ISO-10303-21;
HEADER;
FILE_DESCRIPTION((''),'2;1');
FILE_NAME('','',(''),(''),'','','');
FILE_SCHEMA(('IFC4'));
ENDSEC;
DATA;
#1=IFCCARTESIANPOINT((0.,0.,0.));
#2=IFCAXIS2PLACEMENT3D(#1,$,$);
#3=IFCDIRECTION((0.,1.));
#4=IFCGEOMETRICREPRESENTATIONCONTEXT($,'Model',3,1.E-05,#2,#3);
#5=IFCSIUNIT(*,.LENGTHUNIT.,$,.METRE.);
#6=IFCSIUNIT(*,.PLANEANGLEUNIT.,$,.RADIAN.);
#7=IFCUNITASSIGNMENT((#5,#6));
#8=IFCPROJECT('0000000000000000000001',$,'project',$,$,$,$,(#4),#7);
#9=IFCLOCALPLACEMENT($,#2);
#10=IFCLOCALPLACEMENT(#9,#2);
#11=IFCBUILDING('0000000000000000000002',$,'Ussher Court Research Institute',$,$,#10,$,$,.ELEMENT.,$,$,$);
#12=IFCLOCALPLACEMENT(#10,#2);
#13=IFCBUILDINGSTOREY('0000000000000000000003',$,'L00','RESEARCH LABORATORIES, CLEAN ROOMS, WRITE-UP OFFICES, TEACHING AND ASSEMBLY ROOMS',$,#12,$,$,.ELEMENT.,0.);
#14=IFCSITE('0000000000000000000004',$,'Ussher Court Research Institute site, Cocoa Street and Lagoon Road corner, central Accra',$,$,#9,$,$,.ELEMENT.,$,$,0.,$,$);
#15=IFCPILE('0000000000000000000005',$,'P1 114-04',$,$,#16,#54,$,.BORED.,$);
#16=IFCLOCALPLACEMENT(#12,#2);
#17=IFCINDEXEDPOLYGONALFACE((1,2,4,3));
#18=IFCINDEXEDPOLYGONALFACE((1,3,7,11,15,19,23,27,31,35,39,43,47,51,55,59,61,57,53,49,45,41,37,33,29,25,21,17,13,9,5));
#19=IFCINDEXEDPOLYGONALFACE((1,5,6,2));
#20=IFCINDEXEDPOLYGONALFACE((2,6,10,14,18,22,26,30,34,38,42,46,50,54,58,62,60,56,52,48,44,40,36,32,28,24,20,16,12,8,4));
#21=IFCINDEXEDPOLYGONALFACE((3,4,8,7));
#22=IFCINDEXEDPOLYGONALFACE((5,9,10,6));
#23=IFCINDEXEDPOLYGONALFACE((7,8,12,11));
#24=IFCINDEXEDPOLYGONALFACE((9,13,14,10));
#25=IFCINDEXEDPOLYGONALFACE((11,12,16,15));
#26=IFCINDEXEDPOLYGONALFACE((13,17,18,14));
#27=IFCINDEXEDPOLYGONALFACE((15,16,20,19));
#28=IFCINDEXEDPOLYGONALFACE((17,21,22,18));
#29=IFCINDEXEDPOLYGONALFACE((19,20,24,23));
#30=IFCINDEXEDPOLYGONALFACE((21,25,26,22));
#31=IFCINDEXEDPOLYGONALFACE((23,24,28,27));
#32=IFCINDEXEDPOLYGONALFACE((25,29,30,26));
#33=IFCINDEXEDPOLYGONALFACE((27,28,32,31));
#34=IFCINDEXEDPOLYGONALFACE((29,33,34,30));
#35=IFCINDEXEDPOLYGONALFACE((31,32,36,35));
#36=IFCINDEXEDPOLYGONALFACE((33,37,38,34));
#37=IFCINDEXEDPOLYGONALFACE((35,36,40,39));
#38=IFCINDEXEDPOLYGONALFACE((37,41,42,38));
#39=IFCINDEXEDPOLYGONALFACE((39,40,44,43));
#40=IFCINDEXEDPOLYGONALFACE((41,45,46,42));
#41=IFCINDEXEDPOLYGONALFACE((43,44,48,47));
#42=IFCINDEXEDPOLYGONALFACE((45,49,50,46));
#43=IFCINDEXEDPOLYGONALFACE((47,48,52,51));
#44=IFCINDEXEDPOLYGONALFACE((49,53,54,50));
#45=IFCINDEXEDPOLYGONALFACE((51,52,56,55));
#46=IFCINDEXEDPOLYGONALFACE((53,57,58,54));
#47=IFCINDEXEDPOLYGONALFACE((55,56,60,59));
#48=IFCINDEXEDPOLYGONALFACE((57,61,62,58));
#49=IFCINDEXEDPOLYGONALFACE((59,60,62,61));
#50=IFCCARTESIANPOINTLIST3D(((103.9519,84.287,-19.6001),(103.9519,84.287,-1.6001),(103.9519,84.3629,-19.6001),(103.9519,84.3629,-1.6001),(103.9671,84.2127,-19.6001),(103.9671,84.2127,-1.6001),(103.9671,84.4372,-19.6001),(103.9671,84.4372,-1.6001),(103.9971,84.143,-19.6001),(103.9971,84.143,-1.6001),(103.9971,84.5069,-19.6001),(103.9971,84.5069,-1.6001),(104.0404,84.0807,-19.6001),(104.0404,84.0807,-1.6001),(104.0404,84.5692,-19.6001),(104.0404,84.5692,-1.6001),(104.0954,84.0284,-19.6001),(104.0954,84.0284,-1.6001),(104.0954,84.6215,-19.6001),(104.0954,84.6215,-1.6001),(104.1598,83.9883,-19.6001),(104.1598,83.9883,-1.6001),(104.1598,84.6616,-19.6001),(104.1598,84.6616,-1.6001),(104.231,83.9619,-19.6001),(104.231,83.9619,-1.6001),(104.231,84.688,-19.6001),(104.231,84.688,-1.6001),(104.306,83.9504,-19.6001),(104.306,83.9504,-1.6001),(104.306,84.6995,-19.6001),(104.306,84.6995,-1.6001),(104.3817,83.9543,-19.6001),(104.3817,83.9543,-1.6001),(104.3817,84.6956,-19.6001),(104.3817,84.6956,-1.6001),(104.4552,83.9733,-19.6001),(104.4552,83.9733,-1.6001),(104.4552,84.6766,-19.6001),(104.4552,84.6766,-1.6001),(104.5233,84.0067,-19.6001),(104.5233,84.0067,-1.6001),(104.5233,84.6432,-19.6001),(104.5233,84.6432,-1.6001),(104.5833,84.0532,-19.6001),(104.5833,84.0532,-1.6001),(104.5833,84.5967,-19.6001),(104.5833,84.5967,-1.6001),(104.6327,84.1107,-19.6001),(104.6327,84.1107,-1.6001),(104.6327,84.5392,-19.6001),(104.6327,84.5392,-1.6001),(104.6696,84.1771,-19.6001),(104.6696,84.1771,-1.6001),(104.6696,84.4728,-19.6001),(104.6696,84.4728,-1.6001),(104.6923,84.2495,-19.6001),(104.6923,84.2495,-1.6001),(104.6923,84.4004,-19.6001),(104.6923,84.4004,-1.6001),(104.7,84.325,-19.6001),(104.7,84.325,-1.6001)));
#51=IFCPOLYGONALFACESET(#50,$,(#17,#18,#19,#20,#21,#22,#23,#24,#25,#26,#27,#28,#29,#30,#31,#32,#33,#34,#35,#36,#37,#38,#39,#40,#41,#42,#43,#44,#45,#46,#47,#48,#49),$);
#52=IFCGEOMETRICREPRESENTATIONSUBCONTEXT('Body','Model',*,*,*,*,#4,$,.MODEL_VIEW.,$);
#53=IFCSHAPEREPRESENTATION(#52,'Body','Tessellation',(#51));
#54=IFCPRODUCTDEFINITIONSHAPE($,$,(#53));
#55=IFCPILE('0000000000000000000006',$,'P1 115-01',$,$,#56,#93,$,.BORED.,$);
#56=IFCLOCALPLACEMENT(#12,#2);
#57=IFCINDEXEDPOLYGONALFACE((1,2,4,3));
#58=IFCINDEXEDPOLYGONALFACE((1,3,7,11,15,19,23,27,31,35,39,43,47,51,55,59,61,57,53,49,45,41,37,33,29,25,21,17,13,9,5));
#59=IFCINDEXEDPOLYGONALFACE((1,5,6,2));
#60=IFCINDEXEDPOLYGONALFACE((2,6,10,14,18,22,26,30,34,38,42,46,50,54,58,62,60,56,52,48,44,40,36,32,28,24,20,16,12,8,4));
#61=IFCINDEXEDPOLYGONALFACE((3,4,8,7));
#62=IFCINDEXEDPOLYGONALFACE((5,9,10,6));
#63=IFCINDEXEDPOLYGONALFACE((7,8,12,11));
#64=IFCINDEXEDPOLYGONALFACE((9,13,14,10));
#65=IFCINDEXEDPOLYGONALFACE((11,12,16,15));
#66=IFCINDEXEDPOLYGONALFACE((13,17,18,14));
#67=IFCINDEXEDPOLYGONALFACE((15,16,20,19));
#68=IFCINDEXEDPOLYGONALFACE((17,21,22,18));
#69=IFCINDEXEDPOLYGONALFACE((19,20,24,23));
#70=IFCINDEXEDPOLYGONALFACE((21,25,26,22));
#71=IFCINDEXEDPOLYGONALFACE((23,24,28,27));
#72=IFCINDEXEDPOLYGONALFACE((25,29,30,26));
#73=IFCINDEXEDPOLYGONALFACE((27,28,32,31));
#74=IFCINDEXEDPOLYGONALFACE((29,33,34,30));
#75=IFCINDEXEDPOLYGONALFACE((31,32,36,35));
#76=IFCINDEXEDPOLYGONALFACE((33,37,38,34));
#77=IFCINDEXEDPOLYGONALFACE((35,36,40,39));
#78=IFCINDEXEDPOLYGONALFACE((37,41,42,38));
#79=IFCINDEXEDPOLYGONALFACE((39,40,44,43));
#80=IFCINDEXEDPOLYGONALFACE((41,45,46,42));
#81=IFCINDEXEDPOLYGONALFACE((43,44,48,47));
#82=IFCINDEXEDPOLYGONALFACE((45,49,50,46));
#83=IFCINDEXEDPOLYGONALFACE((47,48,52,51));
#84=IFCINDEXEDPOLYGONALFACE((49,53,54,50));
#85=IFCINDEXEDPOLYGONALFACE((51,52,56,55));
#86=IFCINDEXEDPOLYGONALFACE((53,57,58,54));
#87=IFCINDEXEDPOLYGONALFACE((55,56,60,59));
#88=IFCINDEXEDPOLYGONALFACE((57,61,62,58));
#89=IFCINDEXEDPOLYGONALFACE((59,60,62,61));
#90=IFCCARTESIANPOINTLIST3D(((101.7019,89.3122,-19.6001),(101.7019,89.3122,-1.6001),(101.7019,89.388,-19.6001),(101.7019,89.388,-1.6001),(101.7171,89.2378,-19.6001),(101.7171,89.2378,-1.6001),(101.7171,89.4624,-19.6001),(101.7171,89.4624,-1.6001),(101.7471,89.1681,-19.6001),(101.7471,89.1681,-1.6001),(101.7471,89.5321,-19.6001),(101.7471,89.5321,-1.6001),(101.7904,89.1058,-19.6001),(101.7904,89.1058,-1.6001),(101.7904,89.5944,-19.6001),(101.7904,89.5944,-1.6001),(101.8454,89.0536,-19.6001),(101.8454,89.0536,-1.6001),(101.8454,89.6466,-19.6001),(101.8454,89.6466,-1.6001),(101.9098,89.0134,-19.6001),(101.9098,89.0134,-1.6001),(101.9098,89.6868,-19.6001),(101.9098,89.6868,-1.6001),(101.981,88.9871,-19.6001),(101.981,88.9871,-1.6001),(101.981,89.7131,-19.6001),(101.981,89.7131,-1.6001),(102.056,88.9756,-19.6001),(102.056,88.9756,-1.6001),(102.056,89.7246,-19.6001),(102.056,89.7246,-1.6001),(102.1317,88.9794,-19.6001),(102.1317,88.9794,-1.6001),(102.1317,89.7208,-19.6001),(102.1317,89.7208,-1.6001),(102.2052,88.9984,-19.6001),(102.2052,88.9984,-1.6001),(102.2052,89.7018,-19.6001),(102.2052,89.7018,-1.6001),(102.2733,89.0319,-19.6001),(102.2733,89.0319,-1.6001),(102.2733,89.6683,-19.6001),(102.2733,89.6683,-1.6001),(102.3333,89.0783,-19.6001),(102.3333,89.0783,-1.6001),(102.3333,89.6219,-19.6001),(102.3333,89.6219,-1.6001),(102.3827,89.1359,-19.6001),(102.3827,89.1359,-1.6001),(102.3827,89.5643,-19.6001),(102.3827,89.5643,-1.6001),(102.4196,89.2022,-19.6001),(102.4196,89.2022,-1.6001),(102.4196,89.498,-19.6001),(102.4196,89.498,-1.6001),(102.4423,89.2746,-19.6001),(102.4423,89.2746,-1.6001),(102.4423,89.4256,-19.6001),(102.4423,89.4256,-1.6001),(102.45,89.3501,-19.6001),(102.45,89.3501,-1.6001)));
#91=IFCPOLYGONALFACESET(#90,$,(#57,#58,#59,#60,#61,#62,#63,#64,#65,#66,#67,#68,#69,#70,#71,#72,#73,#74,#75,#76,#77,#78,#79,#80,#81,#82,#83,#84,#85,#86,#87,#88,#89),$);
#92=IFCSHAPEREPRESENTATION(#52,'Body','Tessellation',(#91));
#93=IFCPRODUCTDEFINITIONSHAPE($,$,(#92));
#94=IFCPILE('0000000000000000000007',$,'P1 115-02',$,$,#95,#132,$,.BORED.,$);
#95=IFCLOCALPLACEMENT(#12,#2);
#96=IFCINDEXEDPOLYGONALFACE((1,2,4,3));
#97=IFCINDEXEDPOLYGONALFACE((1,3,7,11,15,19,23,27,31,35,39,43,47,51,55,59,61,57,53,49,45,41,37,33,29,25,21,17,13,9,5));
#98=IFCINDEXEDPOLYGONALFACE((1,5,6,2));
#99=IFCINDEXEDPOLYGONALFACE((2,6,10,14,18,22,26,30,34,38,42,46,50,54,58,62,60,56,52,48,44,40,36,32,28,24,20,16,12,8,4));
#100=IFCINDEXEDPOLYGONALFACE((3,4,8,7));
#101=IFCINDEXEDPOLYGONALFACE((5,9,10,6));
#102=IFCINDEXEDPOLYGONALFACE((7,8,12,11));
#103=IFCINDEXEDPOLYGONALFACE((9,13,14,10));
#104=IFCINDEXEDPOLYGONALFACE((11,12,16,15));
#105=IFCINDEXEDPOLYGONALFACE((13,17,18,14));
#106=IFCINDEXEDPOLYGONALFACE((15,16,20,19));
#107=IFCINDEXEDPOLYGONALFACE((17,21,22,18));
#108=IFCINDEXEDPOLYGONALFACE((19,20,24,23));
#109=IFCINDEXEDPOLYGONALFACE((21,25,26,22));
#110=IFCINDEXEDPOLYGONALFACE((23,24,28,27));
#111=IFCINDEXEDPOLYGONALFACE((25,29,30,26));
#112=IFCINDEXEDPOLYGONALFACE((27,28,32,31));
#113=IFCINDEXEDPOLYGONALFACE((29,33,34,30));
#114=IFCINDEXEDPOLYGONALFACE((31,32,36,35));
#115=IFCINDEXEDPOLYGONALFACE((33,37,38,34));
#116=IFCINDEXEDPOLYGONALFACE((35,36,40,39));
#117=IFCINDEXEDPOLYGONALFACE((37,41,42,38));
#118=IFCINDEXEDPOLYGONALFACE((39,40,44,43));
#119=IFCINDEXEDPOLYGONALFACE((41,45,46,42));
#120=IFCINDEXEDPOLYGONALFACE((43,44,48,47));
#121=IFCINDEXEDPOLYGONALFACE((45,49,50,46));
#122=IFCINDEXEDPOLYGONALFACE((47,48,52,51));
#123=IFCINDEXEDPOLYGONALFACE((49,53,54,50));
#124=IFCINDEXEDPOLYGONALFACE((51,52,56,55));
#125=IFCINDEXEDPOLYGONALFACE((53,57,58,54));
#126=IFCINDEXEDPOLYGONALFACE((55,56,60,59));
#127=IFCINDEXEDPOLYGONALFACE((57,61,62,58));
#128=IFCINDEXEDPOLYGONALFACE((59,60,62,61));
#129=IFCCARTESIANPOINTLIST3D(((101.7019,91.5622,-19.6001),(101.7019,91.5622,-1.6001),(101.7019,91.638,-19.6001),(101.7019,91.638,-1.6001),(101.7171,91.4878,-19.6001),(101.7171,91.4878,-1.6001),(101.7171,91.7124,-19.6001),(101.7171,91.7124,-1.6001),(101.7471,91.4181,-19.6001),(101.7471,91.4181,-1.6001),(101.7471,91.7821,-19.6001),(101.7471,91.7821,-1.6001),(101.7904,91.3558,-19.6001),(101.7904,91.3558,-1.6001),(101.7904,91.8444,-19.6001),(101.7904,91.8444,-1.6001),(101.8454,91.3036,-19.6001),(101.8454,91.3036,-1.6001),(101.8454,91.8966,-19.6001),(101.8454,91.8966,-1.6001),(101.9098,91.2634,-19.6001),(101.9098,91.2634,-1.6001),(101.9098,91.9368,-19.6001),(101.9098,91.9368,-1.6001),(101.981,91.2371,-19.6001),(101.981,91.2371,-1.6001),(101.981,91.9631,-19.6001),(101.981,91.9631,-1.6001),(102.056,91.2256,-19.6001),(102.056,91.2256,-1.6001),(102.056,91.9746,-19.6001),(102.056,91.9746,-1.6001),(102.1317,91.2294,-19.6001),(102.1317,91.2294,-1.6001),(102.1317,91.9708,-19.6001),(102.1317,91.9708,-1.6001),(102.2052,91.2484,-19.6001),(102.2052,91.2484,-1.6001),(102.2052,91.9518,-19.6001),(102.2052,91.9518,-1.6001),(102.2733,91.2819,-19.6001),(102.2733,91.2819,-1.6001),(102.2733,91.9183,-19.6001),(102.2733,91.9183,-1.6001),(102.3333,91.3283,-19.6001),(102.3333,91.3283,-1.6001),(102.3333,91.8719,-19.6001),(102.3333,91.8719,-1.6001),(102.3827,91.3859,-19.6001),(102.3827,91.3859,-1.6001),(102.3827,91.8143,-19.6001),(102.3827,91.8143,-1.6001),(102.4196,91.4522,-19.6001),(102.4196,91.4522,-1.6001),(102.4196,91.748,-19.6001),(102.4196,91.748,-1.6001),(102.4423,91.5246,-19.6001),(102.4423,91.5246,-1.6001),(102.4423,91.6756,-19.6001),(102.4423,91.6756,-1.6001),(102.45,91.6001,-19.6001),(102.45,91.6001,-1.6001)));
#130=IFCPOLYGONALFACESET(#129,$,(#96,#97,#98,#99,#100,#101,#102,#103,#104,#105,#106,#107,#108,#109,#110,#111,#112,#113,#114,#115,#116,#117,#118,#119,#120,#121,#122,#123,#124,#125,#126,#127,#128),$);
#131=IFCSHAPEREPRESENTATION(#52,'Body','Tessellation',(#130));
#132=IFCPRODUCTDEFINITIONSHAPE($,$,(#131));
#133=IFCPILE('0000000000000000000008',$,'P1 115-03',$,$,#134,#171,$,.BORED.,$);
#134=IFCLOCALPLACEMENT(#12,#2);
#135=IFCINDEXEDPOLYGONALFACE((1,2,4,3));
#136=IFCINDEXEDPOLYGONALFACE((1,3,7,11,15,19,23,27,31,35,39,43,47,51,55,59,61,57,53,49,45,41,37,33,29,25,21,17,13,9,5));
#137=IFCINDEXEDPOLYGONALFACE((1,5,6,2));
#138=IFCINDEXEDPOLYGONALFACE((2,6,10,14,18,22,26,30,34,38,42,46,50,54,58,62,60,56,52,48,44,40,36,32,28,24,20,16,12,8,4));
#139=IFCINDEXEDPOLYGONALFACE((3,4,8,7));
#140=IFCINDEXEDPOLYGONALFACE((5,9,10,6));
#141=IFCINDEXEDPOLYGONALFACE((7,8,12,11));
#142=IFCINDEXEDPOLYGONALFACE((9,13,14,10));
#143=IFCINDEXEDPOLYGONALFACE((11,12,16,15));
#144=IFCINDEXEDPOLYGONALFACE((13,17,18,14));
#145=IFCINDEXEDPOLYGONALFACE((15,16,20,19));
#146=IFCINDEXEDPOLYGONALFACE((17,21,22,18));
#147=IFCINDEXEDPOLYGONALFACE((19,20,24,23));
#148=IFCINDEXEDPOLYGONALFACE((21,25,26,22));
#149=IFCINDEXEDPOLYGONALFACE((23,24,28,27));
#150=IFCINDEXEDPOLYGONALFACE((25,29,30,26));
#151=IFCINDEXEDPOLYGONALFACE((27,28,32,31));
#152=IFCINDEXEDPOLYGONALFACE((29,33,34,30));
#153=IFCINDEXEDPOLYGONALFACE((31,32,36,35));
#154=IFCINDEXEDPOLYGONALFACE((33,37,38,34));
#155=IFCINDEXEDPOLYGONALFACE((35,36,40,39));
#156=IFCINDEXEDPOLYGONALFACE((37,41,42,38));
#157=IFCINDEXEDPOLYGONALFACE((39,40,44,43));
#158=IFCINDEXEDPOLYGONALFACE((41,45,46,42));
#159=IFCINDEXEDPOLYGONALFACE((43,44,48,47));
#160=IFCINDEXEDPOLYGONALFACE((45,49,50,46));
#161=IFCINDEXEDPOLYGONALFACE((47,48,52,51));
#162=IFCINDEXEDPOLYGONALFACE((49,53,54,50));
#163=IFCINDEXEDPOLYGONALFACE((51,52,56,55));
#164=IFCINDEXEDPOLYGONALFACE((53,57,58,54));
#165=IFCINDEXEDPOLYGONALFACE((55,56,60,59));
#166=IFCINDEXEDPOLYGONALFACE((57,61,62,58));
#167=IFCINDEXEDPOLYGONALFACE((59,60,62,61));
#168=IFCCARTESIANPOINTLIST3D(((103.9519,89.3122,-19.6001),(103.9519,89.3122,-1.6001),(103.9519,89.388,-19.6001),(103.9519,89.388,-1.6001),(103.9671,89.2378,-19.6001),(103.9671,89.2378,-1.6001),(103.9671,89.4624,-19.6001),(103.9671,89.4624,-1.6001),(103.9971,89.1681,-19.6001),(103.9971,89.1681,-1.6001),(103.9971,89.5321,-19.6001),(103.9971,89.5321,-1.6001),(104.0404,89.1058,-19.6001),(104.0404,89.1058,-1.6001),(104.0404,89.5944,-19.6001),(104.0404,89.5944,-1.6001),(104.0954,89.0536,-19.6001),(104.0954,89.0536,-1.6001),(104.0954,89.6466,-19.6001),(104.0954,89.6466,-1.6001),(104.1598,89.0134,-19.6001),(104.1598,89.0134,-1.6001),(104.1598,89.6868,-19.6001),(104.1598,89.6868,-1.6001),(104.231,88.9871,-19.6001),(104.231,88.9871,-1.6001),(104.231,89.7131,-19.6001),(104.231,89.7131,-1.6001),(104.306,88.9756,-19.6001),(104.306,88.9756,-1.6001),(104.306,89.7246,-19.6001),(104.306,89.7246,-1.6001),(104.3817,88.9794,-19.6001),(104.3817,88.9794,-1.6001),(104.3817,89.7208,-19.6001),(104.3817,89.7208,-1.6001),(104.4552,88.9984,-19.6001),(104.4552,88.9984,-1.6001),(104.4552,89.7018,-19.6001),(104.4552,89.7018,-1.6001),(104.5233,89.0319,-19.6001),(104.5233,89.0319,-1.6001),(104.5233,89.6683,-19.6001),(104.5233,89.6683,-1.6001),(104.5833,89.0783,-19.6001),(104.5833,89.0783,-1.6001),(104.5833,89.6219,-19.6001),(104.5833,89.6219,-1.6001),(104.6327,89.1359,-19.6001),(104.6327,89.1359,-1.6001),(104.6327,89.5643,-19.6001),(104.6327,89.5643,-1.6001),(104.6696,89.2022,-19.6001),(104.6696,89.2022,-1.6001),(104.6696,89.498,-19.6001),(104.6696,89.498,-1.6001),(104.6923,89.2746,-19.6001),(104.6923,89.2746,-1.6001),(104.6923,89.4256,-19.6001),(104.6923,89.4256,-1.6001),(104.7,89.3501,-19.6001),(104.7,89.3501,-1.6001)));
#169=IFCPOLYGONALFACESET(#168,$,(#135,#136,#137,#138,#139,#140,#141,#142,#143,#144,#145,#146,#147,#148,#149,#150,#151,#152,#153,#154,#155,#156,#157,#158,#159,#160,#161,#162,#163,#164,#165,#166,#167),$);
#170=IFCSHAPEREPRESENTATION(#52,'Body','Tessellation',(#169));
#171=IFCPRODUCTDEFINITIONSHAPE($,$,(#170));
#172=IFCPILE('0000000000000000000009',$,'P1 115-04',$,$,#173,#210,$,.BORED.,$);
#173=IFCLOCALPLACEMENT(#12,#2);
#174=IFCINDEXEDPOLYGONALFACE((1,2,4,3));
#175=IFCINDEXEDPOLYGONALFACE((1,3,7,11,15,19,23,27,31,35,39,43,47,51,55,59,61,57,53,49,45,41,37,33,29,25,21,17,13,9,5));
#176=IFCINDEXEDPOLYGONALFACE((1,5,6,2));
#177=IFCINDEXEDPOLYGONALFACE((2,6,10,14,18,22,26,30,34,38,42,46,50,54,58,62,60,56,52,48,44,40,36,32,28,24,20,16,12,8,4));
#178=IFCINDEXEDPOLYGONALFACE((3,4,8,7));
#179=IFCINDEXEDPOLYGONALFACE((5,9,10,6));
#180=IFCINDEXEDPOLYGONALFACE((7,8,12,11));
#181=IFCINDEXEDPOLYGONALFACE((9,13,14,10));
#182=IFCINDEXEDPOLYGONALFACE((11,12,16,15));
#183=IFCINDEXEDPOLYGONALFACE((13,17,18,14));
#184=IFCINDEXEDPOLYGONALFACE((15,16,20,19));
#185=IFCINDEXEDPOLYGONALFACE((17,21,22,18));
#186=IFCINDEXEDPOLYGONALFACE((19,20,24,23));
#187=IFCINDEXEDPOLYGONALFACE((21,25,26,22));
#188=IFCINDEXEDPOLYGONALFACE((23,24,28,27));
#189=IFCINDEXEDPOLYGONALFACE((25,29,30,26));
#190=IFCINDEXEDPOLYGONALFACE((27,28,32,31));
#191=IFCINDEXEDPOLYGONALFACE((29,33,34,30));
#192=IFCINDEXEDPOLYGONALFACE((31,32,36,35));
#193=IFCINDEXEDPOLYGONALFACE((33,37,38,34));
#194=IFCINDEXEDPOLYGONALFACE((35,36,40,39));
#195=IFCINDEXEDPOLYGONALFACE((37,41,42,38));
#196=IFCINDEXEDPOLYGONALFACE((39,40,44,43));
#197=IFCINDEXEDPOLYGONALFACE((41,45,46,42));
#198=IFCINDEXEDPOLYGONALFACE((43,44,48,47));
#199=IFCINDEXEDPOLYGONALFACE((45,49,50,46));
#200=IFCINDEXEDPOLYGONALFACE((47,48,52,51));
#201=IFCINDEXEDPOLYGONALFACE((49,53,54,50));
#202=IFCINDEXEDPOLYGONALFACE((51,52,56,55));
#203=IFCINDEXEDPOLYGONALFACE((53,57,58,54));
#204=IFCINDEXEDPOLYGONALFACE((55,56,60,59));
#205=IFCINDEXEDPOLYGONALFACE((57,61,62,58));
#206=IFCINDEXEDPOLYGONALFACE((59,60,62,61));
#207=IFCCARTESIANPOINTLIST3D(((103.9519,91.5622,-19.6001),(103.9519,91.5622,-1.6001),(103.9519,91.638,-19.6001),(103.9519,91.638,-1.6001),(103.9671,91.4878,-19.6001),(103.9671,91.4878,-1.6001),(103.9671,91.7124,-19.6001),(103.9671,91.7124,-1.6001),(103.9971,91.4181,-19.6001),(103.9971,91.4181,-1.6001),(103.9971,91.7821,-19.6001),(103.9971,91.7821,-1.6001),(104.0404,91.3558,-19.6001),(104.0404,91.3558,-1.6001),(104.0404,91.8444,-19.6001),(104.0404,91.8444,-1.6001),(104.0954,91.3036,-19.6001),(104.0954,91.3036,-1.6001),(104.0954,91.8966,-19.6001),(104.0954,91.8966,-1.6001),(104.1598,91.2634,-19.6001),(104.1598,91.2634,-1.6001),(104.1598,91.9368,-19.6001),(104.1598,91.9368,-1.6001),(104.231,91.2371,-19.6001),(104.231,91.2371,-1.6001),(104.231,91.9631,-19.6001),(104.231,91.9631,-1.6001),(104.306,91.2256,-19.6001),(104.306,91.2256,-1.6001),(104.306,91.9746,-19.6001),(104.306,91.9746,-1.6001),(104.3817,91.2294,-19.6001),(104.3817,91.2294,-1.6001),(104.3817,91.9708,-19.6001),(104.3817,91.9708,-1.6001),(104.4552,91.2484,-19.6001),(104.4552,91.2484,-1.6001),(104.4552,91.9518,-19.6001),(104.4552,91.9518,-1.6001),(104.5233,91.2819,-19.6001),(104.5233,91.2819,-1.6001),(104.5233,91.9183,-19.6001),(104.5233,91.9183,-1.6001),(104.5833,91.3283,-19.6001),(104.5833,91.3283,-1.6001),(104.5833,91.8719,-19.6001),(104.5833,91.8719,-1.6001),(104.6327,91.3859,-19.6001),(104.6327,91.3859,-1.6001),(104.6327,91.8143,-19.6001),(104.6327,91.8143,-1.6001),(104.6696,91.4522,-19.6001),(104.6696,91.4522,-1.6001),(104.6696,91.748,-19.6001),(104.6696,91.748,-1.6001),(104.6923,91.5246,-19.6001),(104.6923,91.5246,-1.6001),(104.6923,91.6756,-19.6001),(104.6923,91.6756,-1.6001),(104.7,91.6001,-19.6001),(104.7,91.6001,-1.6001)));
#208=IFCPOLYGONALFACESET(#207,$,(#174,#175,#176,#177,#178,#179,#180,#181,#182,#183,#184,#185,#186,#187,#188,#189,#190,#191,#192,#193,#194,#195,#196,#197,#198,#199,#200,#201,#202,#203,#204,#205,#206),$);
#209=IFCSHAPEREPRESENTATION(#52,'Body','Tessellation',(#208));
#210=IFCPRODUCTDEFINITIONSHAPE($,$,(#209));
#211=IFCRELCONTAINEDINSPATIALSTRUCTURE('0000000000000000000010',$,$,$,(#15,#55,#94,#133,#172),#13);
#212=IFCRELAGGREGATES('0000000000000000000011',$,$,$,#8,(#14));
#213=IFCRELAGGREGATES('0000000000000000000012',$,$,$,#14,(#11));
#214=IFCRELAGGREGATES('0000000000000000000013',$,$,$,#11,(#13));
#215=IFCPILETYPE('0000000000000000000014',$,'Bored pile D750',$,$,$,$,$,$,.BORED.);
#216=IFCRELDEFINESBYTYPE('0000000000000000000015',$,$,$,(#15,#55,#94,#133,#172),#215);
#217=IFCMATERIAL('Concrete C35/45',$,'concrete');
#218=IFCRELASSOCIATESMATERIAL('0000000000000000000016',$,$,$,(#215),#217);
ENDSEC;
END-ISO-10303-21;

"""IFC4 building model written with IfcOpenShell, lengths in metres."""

from ifc_helpers import new_model, si_unit, direction, frame, origin, origin_2d, place, context, subcontext, project, spatial, circle, extrude, material, material_profile, profile_set, type_object, element, save


model = new_model("IFC4")

# Units and contexts
model_context = context("Model", 3, precision=1e-05, world=origin(), true_north=direction((0.0, 1.0)))
body_context = subcontext(model_context, "Body", "Model", "MODEL_VIEW")
ifc_project = project(units=[si_unit("LENGTHUNIT", "METRE"), si_unit("PLANEANGLEUNIT", "RADIAN")], contexts=[model_context])

# Site, building, storey
site_placement = place(None, origin())
site = spatial("IfcSite", under=ifc_project, at=site_placement, Name="Ussher Court Research Institute site, Cocoa Street and Lagoon Road corner, central Accra", CompositionType="ELEMENT", RefElevation=0.0)
building_placement = place(site_placement, origin())
building = spatial("IfcBuilding", under=site, at=building_placement, Name="Ussher Court Research Institute", CompositionType="ELEMENT")
storey_placement = place(building_placement, origin())
storey = spatial("IfcBuildingStorey", under=building, at=storey_placement, Name="L00", Description="RESEARCH LABORATORIES, CLEAN ROOMS, WRITE-UP OFFICES, TEACHING AND ASSEMBLY ROOMS", CompositionType="ELEMENT", Elevation=0.0)

# Piles
ifc_material_1 = material(Name="Concrete C35/45", Category="concrete")
ifc_material_profile_1 = material_profile(ifc_material_1, circle(Radius=0.375, at=origin_2d()), Name="RC D750")
ifc_profile_set_1 = profile_set([ifc_material_profile_1], Name="Concrete C35/45")
pile_type = type_object("IfcPileType", Name="Bored pile D750", PredefinedType="BORED", material=ifc_profile_set_1)
for number, where, z_axis, x_axis, name in (
    (1, (104.325, 84.325, -1.6001), (0.0, 0.0, -1.0), (1.0, 0.0, 0.0), "P1 114-04"),
    (2, (102.075, 89.3501, -1.6001), (0.0, 0.0, -1.0), (1.0, 0.0, 0.0), "P1 115-01"),
    (3, (102.075, 91.6001, -1.6001), (0.0, 0.0, -1.0), (1.0, 0.0, 0.0), "P1 115-02"),
    (4, (104.325, 89.3501, -1.6001), (0.0, 0.0, -1.0), (1.0, 0.0, 0.0), "P1 115-03"),
    (5, (104.325, 91.6001, -1.6001), (0.0, 0.0, -1.0), (1.0, 0.0, 0.0), "P1 115-04"),
):
    element("IfcPile", number, at=place(storey_placement, frame(where, z_axis=z_axis, x_axis=x_axis)), inside=storey, type_object=pile_type, Name=name, PredefinedType="BORED", context=body_context, shape_type="SweptSolid", body=[
        extrude(circle(Radius=0.375, at=origin_2d()), origin(), (0.0, 0.0, 1.0), 18.0),
    ])

save(model, "model.ifc")
